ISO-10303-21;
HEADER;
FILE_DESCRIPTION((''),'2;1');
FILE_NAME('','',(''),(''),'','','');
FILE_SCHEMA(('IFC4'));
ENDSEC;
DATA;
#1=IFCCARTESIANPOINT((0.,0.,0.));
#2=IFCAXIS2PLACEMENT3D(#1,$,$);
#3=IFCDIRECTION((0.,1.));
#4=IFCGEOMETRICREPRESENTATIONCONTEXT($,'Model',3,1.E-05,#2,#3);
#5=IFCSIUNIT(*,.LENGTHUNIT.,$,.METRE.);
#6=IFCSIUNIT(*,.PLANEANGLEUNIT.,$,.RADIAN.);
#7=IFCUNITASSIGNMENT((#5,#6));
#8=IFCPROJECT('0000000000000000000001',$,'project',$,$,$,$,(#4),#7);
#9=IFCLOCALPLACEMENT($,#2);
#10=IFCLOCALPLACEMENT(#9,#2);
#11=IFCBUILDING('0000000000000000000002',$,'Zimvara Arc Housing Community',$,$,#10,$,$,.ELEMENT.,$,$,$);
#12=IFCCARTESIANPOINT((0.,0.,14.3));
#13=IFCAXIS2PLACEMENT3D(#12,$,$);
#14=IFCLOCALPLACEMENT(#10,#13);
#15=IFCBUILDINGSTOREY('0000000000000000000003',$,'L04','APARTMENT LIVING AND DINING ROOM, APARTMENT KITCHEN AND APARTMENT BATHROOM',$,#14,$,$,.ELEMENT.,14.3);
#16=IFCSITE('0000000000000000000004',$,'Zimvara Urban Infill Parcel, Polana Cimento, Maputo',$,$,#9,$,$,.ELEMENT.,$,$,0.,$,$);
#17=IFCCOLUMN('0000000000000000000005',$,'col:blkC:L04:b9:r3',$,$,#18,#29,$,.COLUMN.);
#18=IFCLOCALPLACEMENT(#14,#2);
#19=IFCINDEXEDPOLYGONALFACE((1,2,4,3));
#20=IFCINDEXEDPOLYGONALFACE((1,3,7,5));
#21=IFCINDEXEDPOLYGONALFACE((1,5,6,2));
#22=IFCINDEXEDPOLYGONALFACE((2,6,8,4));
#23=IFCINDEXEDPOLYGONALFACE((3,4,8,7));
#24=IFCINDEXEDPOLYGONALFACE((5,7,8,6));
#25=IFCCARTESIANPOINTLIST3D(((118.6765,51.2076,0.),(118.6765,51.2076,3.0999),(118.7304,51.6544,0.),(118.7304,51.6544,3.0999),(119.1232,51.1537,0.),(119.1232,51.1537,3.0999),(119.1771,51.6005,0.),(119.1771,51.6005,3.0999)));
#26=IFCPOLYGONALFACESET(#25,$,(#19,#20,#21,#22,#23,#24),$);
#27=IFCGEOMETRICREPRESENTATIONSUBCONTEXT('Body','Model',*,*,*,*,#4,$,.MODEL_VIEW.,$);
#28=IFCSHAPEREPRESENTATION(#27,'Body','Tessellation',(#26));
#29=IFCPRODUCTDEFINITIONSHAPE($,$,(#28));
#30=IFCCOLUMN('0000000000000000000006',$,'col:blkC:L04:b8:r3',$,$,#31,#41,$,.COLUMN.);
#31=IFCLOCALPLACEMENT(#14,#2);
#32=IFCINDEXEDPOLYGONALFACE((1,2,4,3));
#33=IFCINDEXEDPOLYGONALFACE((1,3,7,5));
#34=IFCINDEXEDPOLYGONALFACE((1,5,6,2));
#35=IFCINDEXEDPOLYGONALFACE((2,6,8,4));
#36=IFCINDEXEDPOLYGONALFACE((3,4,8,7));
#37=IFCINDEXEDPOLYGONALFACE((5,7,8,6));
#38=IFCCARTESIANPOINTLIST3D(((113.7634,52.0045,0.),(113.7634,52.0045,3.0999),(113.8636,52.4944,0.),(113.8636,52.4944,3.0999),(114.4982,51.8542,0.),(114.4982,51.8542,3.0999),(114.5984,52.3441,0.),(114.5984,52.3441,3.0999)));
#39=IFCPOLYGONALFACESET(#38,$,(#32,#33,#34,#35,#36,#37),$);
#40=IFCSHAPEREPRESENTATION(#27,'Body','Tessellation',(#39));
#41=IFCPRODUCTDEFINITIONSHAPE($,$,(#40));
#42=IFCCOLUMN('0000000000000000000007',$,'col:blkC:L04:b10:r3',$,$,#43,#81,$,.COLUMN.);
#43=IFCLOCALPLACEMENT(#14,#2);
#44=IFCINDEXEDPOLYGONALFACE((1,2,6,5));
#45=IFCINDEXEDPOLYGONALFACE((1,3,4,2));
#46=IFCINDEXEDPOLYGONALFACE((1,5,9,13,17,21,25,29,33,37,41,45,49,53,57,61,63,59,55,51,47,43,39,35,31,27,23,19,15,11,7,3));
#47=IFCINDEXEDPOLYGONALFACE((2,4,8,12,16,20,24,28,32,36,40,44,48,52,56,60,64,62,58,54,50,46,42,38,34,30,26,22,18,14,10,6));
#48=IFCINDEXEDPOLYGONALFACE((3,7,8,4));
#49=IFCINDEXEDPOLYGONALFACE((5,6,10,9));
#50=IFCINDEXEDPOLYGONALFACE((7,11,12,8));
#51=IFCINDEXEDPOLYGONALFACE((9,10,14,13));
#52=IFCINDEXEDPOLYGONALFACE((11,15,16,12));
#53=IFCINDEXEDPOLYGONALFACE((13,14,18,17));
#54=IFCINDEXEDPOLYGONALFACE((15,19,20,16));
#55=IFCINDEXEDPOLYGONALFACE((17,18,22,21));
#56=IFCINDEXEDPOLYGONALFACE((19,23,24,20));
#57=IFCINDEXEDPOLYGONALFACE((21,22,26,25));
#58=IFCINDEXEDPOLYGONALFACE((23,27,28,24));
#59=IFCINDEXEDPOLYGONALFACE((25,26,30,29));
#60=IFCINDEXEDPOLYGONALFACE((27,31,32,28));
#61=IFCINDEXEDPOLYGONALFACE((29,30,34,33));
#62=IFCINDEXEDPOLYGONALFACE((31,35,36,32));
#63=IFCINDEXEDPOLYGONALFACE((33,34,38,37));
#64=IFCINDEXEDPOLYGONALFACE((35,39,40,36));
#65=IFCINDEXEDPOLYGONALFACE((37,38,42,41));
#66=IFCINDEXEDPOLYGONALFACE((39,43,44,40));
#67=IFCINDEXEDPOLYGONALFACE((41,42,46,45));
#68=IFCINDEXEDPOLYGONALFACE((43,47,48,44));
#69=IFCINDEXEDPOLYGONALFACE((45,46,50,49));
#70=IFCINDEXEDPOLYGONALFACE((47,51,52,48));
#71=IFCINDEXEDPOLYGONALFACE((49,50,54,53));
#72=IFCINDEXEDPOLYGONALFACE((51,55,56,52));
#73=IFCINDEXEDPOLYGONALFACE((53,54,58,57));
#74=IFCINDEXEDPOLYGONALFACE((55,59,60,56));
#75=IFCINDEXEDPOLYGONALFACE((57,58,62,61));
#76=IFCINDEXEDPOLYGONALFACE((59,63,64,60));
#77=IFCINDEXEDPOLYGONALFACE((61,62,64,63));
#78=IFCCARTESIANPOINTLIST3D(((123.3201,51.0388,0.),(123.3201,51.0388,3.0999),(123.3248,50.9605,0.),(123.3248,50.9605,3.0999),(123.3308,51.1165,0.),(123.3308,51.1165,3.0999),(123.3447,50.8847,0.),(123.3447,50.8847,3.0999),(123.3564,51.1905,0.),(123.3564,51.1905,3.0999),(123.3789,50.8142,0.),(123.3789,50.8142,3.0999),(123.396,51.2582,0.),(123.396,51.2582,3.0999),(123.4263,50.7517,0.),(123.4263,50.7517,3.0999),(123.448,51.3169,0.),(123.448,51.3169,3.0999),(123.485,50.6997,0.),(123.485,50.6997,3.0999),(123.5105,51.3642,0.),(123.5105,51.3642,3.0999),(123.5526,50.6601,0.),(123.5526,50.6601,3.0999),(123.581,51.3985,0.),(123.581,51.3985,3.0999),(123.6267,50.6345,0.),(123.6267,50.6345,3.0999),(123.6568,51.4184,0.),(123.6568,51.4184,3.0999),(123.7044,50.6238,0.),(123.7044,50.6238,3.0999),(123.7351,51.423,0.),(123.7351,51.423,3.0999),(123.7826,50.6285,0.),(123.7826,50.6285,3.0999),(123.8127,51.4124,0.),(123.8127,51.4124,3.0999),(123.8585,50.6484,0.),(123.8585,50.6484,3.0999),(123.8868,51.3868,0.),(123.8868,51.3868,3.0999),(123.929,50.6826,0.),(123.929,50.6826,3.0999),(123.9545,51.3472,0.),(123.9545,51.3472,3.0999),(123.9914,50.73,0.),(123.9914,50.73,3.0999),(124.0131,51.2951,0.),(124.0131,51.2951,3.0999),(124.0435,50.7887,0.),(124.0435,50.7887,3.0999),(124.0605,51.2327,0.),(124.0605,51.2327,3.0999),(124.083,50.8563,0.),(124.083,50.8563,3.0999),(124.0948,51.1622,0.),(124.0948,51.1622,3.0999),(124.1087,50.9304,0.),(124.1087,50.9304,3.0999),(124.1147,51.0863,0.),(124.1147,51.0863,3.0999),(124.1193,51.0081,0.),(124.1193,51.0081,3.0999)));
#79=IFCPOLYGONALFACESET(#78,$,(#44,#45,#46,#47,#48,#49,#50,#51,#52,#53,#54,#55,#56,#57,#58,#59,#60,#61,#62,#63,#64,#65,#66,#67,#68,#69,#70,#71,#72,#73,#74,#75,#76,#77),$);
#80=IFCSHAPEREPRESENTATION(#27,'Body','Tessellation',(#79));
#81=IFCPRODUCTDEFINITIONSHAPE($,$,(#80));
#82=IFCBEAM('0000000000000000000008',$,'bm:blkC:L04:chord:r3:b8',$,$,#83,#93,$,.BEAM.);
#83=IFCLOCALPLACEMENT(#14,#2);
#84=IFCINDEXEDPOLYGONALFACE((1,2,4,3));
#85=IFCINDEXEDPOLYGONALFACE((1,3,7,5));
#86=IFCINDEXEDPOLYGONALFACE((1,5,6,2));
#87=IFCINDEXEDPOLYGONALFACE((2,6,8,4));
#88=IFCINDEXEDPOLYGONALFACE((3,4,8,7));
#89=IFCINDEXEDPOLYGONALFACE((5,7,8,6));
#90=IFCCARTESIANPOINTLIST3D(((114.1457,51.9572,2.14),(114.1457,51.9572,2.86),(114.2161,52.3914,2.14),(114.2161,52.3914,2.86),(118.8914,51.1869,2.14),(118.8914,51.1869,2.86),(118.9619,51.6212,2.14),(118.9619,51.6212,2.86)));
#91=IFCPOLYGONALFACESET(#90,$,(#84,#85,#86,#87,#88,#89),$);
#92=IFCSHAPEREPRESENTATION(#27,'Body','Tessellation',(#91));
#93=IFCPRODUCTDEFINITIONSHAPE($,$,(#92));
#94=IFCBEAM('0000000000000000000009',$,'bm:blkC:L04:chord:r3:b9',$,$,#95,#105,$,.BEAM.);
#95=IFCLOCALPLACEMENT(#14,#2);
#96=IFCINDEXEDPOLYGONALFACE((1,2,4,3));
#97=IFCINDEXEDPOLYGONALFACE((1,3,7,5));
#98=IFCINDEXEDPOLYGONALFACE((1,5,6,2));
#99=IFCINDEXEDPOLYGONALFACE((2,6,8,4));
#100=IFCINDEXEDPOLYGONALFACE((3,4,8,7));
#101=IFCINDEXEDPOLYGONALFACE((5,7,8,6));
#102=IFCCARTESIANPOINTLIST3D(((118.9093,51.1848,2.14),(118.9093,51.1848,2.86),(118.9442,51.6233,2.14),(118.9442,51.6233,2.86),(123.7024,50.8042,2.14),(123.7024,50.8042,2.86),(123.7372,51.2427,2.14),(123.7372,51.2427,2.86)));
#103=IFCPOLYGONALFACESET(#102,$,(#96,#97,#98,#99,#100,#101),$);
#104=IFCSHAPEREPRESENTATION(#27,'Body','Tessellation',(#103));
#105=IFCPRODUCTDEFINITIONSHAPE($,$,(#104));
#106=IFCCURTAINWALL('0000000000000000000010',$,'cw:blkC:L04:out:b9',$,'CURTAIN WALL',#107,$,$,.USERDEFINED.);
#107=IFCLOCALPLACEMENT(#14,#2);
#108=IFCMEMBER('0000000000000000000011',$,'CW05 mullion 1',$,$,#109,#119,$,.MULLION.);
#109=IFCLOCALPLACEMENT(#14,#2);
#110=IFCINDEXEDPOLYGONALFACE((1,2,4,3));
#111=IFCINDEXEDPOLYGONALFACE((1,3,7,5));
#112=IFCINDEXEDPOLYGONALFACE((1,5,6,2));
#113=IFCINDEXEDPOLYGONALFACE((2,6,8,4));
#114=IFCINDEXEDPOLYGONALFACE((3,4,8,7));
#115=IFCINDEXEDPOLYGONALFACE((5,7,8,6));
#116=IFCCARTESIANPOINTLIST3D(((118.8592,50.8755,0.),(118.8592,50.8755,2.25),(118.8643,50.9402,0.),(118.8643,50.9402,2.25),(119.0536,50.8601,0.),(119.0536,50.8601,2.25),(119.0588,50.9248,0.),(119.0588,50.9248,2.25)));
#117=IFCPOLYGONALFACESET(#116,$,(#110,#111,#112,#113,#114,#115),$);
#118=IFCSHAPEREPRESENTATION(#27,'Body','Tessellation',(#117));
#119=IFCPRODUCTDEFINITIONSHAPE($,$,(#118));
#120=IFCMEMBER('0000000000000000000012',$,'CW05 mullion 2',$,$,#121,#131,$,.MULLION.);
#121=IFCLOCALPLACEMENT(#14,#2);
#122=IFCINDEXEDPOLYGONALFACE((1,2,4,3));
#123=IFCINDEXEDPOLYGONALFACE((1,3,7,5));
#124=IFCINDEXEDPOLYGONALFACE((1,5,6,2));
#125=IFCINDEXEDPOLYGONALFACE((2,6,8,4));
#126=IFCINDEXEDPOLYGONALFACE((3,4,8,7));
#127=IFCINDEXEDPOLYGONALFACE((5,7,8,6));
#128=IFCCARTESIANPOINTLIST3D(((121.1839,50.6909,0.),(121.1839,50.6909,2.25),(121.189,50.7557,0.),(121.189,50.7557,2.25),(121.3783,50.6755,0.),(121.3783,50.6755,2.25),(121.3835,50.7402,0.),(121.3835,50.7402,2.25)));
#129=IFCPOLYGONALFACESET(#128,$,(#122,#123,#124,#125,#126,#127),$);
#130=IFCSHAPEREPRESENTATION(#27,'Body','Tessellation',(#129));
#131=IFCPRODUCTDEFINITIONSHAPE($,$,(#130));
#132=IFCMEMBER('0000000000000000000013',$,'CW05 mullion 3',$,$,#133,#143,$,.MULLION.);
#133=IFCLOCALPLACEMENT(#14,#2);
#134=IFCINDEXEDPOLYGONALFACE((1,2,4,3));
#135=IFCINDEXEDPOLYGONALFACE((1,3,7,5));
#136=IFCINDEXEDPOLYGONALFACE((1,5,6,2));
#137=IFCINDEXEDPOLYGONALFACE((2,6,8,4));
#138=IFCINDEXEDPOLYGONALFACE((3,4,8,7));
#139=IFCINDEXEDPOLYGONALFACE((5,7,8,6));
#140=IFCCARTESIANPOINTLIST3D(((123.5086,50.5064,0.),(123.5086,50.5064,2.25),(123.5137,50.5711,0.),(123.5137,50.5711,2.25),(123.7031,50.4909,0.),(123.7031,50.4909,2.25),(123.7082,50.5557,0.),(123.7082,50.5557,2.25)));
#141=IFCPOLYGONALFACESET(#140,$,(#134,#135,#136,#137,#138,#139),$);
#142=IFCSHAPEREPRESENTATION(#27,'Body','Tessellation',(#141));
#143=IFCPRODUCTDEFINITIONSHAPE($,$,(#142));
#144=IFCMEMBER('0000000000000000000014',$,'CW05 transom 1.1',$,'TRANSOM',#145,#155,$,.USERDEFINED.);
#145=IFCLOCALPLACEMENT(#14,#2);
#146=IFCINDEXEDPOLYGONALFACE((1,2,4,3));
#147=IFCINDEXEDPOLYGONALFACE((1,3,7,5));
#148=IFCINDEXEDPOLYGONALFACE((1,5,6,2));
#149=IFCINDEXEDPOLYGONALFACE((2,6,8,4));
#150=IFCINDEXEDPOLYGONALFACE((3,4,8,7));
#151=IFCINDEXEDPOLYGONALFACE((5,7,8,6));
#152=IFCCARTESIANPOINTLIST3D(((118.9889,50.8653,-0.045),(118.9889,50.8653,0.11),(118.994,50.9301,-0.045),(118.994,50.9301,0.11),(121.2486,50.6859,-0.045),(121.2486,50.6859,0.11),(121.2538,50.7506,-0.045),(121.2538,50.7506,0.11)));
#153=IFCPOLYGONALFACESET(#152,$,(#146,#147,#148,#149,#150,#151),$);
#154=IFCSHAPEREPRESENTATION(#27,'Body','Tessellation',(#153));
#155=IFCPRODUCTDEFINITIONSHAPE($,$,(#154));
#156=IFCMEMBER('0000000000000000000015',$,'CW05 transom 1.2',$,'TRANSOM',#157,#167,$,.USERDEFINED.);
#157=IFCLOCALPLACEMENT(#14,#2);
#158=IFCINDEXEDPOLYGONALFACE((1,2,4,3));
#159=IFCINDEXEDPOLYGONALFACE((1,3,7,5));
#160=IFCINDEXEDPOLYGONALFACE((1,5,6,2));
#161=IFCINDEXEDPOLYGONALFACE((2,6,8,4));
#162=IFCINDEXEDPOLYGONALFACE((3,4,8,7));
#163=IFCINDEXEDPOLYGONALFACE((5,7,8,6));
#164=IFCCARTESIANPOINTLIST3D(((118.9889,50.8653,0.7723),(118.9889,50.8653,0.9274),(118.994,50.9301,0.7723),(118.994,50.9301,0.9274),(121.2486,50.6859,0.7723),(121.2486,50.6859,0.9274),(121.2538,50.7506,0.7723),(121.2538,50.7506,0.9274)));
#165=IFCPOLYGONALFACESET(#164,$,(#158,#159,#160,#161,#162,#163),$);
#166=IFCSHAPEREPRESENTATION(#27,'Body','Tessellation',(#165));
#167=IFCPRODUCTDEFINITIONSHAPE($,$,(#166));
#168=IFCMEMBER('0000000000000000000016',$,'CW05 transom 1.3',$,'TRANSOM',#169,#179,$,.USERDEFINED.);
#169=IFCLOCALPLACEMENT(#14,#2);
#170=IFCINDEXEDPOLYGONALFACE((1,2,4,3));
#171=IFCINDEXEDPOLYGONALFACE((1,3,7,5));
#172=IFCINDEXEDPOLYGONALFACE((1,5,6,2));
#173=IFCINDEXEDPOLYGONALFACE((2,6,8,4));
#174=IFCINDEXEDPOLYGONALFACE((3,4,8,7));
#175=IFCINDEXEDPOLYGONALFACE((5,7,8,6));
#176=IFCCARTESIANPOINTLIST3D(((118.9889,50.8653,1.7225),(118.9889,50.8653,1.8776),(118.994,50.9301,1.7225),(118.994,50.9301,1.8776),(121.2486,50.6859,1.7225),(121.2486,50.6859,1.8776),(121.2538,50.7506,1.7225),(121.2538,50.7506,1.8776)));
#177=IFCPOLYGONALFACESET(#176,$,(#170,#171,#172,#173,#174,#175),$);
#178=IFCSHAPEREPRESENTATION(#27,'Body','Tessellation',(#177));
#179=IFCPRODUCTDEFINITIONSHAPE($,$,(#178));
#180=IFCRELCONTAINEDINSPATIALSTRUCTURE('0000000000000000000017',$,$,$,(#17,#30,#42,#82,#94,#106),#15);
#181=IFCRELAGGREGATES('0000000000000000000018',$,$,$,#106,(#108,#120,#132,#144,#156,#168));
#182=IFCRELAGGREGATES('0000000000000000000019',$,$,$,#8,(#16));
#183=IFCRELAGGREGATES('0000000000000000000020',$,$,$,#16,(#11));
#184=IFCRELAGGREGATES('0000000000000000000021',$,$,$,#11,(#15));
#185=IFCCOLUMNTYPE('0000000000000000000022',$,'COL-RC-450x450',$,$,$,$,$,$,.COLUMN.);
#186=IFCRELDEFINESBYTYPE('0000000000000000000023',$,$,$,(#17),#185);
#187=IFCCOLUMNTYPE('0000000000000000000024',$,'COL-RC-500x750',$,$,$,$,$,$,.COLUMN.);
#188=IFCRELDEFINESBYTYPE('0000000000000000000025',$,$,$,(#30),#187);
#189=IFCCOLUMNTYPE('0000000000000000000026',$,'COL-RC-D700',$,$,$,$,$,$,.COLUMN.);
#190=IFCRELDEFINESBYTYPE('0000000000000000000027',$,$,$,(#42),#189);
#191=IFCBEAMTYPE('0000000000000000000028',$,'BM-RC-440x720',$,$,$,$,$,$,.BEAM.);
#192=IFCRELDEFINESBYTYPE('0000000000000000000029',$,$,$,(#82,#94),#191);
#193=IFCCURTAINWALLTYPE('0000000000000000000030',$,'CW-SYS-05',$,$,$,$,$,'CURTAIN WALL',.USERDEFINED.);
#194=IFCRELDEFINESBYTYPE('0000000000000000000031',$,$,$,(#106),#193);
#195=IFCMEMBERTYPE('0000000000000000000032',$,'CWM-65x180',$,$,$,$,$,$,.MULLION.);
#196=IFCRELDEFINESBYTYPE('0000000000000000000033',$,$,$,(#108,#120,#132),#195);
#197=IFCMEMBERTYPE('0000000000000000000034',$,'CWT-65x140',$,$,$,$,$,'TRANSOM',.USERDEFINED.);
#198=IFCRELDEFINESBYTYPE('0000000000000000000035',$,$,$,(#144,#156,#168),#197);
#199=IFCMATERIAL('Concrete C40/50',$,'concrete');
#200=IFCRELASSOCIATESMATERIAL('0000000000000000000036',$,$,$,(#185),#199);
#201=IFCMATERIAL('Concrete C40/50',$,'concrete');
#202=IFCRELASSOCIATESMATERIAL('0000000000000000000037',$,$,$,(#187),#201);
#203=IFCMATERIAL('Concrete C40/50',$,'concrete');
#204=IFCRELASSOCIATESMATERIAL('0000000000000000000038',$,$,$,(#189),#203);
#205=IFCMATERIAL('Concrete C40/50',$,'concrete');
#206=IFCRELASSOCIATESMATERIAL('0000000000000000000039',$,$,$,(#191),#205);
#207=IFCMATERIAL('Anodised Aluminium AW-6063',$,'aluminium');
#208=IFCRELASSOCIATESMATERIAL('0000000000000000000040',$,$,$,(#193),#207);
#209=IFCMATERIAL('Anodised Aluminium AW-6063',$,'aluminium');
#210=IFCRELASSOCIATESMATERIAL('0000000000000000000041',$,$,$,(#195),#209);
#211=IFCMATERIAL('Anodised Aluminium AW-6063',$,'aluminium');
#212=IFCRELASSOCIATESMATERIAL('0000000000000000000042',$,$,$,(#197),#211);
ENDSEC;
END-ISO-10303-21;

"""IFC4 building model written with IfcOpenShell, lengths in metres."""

from ifc_helpers import new_model, si_unit, direction, frame, origin, origin_2d, place, context, subcontext, project, spatial, rectangle, circle, extrude, material, material_profile, profile_set, type_object, element, aggregate, save


model = new_model("IFC4")

# Units and contexts
model_context = context("Model", 3, precision=1e-05, world=origin(), true_north=direction((0.0, 1.0)))
body_context = subcontext(model_context, "Body", "Model", "MODEL_VIEW")
ifc_project = project(units=[si_unit("LENGTHUNIT", "METRE"), si_unit("PLANEANGLEUNIT", "RADIAN")], contexts=[model_context])

# Site, building, storey
site_placement = place(None, origin())
site = spatial("IfcSite", under=ifc_project, at=site_placement, Name="Zimvara Urban Infill Parcel, Polana Cimento, Maputo", CompositionType="ELEMENT", RefElevation=0.0)
building_placement = place(site_placement, origin())
building = spatial("IfcBuilding", under=site, at=building_placement, Name="Zimvara Arc Housing Community", CompositionType="ELEMENT")
storey_placement = place(building_placement, frame((0.0, 0.0, 14.3)))
storey = spatial("IfcBuildingStorey", under=building, at=storey_placement, Name="L04", Description="APARTMENT LIVING AND DINING ROOM, APARTMENT KITCHEN AND APARTMENT BATHROOM", CompositionType="ELEMENT", Elevation=14.3)

# Columns
ifc_material_1 = material(Name="Concrete C40/50", Category="concrete")
ifc_material_profile_1 = material_profile(ifc_material_1, rectangle(XDim=0.45, YDim=0.45, at=origin_2d()), Name="RC 450x450")
ifc_profile_set_1 = profile_set([ifc_material_profile_1], Name="Concrete C40/50")
column_type_1 = type_object("IfcColumnType", Name="COL-RC-450x450", PredefinedType="COLUMN", material=ifc_profile_set_1)
column_1_placement = place(storey_placement, frame((118.9268, 51.4041, 0.0), z_axis=(0.0, 0.0, 1.0), x_axis=(-0.11979, -0.992799, 0.0)))
element("IfcColumn", 1, at=column_1_placement, inside=storey, type_object=column_type_1, Name="col:blkC:L04:b9:r3", PredefinedType="COLUMN", context=body_context, shape_type="SweptSolid", body=[
    extrude(rectangle(XDim=0.45, YDim=0.45, at=origin_2d()), origin(), (0.0, 0.0, 1.0), 3.0999),
])
ifc_material_2 = material(Name="Concrete C40/50", Category="concrete")
ifc_material_profile_2 = material_profile(ifc_material_2, rectangle(XDim=0.5, YDim=0.75, at=origin_2d()), Name="RC 500x750")
ifc_profile_set_2 = profile_set([ifc_material_profile_2], Name="Concrete C40/50")
column_type_2 = type_object("IfcColumnType", Name="COL-RC-500x750", PredefinedType="COLUMN", material=ifc_profile_set_2)
column_2_placement = place(storey_placement, frame((114.1809, 52.1743, 0.0), z_axis=(0.0, 0.0, 1.0), x_axis=(-0.200394, -0.979715, 0.0)))
element("IfcColumn", 2, at=column_2_placement, inside=storey, type_object=column_type_2, Name="col:blkC:L04:b8:r3", PredefinedType="COLUMN", context=body_context, shape_type="SweptSolid", body=[
    extrude(rectangle(XDim=0.5, YDim=0.75, at=origin_2d()), origin(), (0.0, 0.0, 1.0), 3.0999),
])
ifc_material_3 = material(Name="Concrete C40/50", Category="concrete")
ifc_material_profile_3 = material_profile(ifc_material_3, circle(Radius=0.3999, at=origin_2d()), Name="RC D800")
ifc_profile_set_3 = profile_set([ifc_material_profile_3], Name="Concrete C40/50")
column_type_3 = type_object("IfcColumnType", Name="COL-RC-D700", PredefinedType="COLUMN", material=ifc_profile_set_3)
column_3_placement = place(storey_placement, frame((123.7197, 51.0234, 0.0), z_axis=(0.0, 0.0, 1.0), x_axis=(-0.038388, -0.999263, 0.0)))
element("IfcColumn", 3, at=column_3_placement, inside=storey, type_object=column_type_3, Name="col:blkC:L04:b10:r3", PredefinedType="COLUMN", context=body_context, shape_type="SweptSolid", body=[
    extrude(circle(Radius=0.3999, at=origin_2d()), origin(), (0.0, 0.0, 1.0), 3.0999),
])

# Beams
ifc_material_4 = material(Name="Concrete C40/50", Category="concrete")
ifc_material_profile_4 = material_profile(ifc_material_4, rectangle(XDim=0.4399, YDim=0.72, at=origin_2d()), Name="RC 440x720")
ifc_profile_set_4 = profile_set([ifc_material_profile_4], Name="Concrete C40/50")
beam_type = type_object("IfcBeamType", Name="BM-RC-440x720", PredefinedType="BEAM", material=ifc_profile_set_4)
beam_1_placement = place(storey_placement, frame((114.1809, 52.1743, 2.5), z_axis=(0.987084, -0.160206, 0.0), x_axis=(0.160206, 0.987084, 0.0)))
element("IfcBeam", 4, at=beam_1_placement, inside=storey, type_object=beam_type, Name="bm:blkC:L04:chord:r3:b8", PredefinedType="BEAM", context=body_context, shape_type="SweptSolid", body=[
    extrude(rectangle(XDim=0.4399, YDim=0.72, at=origin_2d()), origin(), (0.0, 0.0, 1.0), 4.8079),
])
beam_2_placement = place(storey_placement, frame((118.9268, 51.4041, 2.5), z_axis=(0.996862, -0.079162, 0.0), x_axis=(0.079162, 0.996862, 0.0)))
element("IfcBeam", 5, at=beam_2_placement, inside=storey, type_object=beam_type, Name="bm:blkC:L04:chord:r3:b9", PredefinedType="BEAM", context=body_context, shape_type="SweptSolid", body=[
    extrude(rectangle(XDim=0.4399, YDim=0.72, at=origin_2d()), origin(), (0.0, 0.0, 1.0), 4.8081),
])

# Curtain wall, members
ifc_material_5 = material(Name="Anodised Aluminium AW-6063", Category="aluminium")
curtain_wall_type = type_object("IfcCurtainWallType", Name="CW-SYS-05", ElementType="CURTAIN WALL", PredefinedType="USERDEFINED", material=ifc_material_5)
curtain_wall_placement = place(storey_placement, origin())
curtain_wall = element("IfcCurtainWall", 6, at=curtain_wall_placement, inside=storey, type_object=curtain_wall_type, Name="cw:blkC:L04:out:b9", ObjectType="CURTAIN WALL", PredefinedType="USERDEFINED")
ifc_material_6 = material(Name="Anodised Aluminium AW-6063", Category="aluminium")
ifc_material_profile_5 = material_profile(ifc_material_6, rectangle(XDim=0.0649, YDim=0.1951, at=origin_2d()), Name="ALU 65x195")
ifc_profile_set_5 = profile_set([ifc_material_profile_5], Name="Anodised Aluminium AW-6063")
member_type_1 = type_object("IfcMemberType", Name="CWM-65x180", PredefinedType="MULLION", material=ifc_profile_set_5)
member_1_placement = place(storey_placement, frame((118.959, 50.9001, 0.0), z_axis=(0.0, 0.0, 1.0), x_axis=(0.079154, 0.996862, 0.0)))
member_1 = element("IfcMember", 7, at=member_1_placement, type_object=member_type_1, Name="CW05 mullion 1", PredefinedType="MULLION", context=body_context, shape_type="SweptSolid", body=[
    extrude(rectangle(XDim=0.0649, YDim=0.1951, at=origin_2d()), origin(), (0.0, 0.0, 1.0), 2.25),
])
member_2_placement = place(storey_placement, frame((121.2837, 50.7156, 0.0), z_axis=(0.0, 0.0, 1.0), x_axis=(0.079154, 0.996862, 0.0)))
member_2 = element("IfcMember", 8, at=member_2_placement, type_object=member_type_1, Name="CW05 mullion 2", PredefinedType="MULLION", context=body_context, shape_type="SweptSolid", body=[
    extrude(rectangle(XDim=0.0649, YDim=0.1951, at=origin_2d()), origin(), (0.0, 0.0, 1.0), 2.25),
])
member_3_placement = place(storey_placement, frame((123.6084, 50.531, 0.0), z_axis=(0.0, 0.0, 1.0), x_axis=(0.079154, 0.996862, 0.0)))
member_3 = element("IfcMember", 9, at=member_3_placement, type_object=member_type_1, Name="CW05 mullion 3", PredefinedType="MULLION", context=body_context, shape_type="SweptSolid", body=[
    extrude(rectangle(XDim=0.0649, YDim=0.1951, at=origin_2d()), origin(), (0.0, 0.0, 1.0), 2.25),
])
ifc_material_7 = material(Name="Anodised Aluminium AW-6063", Category="aluminium")
ifc_material_profile_6 = material_profile(ifc_material_7, rectangle(XDim=0.0649, YDim=0.155, at=origin_2d()), Name="ALU 65x155")
ifc_profile_set_6 = profile_set([ifc_material_profile_6], Name="Anodised Aluminium AW-6063")
member_type_2 = type_object("IfcMemberType", Name="CWT-65x140", ElementType="TRANSOM", PredefinedType="USERDEFINED", material=ifc_profile_set_6)
member_4_placement = place(storey_placement, frame((118.9915, 50.8977, 0.0325), z_axis=(0.996862, -0.079159, 0.0), x_axis=(0.079159, 0.996862, 0.0)))
member_4 = element("IfcMember", 10, at=member_4_placement, type_object=member_type_2, Name="CW05 transom 1.1", ObjectType="TRANSOM", PredefinedType="USERDEFINED", context=body_context, shape_type="SweptSolid", body=[
    extrude(rectangle(XDim=0.0649, YDim=0.155, at=origin_2d()), origin(), (0.0, 0.0, 1.0), 2.2668),
])
member_5_placement = place(storey_placement, frame((118.9915, 50.8977, 0.8499), z_axis=(0.996862, -0.079159, 0.0), x_axis=(0.079159, 0.996862, 0.0)))
member_5 = element("IfcMember", 11, at=member_5_placement, type_object=member_type_2, Name="CW05 transom 1.2", ObjectType="TRANSOM", PredefinedType="USERDEFINED", context=body_context, shape_type="SweptSolid", body=[
    extrude(rectangle(XDim=0.0649, YDim=0.155, at=origin_2d()), origin(), (0.0, 0.0, 1.0), 2.2668),
])
member_6_placement = place(storey_placement, frame((118.9915, 50.8977, 1.8), z_axis=(0.996862, -0.079159, 0.0), x_axis=(0.079159, 0.996862, 0.0)))
member_6 = element("IfcMember", 12, at=member_6_placement, type_object=member_type_2, Name="CW05 transom 1.3", ObjectType="TRANSOM", PredefinedType="USERDEFINED", context=body_context, shape_type="SweptSolid", body=[
    extrude(rectangle(XDim=0.0649, YDim=0.155, at=origin_2d()), origin(), (0.0, 0.0, 1.0), 2.2668),
])
aggregate(curtain_wall, [member_1, member_2, member_3, member_4, member_5, member_6])

save(model, "model.ifc")
